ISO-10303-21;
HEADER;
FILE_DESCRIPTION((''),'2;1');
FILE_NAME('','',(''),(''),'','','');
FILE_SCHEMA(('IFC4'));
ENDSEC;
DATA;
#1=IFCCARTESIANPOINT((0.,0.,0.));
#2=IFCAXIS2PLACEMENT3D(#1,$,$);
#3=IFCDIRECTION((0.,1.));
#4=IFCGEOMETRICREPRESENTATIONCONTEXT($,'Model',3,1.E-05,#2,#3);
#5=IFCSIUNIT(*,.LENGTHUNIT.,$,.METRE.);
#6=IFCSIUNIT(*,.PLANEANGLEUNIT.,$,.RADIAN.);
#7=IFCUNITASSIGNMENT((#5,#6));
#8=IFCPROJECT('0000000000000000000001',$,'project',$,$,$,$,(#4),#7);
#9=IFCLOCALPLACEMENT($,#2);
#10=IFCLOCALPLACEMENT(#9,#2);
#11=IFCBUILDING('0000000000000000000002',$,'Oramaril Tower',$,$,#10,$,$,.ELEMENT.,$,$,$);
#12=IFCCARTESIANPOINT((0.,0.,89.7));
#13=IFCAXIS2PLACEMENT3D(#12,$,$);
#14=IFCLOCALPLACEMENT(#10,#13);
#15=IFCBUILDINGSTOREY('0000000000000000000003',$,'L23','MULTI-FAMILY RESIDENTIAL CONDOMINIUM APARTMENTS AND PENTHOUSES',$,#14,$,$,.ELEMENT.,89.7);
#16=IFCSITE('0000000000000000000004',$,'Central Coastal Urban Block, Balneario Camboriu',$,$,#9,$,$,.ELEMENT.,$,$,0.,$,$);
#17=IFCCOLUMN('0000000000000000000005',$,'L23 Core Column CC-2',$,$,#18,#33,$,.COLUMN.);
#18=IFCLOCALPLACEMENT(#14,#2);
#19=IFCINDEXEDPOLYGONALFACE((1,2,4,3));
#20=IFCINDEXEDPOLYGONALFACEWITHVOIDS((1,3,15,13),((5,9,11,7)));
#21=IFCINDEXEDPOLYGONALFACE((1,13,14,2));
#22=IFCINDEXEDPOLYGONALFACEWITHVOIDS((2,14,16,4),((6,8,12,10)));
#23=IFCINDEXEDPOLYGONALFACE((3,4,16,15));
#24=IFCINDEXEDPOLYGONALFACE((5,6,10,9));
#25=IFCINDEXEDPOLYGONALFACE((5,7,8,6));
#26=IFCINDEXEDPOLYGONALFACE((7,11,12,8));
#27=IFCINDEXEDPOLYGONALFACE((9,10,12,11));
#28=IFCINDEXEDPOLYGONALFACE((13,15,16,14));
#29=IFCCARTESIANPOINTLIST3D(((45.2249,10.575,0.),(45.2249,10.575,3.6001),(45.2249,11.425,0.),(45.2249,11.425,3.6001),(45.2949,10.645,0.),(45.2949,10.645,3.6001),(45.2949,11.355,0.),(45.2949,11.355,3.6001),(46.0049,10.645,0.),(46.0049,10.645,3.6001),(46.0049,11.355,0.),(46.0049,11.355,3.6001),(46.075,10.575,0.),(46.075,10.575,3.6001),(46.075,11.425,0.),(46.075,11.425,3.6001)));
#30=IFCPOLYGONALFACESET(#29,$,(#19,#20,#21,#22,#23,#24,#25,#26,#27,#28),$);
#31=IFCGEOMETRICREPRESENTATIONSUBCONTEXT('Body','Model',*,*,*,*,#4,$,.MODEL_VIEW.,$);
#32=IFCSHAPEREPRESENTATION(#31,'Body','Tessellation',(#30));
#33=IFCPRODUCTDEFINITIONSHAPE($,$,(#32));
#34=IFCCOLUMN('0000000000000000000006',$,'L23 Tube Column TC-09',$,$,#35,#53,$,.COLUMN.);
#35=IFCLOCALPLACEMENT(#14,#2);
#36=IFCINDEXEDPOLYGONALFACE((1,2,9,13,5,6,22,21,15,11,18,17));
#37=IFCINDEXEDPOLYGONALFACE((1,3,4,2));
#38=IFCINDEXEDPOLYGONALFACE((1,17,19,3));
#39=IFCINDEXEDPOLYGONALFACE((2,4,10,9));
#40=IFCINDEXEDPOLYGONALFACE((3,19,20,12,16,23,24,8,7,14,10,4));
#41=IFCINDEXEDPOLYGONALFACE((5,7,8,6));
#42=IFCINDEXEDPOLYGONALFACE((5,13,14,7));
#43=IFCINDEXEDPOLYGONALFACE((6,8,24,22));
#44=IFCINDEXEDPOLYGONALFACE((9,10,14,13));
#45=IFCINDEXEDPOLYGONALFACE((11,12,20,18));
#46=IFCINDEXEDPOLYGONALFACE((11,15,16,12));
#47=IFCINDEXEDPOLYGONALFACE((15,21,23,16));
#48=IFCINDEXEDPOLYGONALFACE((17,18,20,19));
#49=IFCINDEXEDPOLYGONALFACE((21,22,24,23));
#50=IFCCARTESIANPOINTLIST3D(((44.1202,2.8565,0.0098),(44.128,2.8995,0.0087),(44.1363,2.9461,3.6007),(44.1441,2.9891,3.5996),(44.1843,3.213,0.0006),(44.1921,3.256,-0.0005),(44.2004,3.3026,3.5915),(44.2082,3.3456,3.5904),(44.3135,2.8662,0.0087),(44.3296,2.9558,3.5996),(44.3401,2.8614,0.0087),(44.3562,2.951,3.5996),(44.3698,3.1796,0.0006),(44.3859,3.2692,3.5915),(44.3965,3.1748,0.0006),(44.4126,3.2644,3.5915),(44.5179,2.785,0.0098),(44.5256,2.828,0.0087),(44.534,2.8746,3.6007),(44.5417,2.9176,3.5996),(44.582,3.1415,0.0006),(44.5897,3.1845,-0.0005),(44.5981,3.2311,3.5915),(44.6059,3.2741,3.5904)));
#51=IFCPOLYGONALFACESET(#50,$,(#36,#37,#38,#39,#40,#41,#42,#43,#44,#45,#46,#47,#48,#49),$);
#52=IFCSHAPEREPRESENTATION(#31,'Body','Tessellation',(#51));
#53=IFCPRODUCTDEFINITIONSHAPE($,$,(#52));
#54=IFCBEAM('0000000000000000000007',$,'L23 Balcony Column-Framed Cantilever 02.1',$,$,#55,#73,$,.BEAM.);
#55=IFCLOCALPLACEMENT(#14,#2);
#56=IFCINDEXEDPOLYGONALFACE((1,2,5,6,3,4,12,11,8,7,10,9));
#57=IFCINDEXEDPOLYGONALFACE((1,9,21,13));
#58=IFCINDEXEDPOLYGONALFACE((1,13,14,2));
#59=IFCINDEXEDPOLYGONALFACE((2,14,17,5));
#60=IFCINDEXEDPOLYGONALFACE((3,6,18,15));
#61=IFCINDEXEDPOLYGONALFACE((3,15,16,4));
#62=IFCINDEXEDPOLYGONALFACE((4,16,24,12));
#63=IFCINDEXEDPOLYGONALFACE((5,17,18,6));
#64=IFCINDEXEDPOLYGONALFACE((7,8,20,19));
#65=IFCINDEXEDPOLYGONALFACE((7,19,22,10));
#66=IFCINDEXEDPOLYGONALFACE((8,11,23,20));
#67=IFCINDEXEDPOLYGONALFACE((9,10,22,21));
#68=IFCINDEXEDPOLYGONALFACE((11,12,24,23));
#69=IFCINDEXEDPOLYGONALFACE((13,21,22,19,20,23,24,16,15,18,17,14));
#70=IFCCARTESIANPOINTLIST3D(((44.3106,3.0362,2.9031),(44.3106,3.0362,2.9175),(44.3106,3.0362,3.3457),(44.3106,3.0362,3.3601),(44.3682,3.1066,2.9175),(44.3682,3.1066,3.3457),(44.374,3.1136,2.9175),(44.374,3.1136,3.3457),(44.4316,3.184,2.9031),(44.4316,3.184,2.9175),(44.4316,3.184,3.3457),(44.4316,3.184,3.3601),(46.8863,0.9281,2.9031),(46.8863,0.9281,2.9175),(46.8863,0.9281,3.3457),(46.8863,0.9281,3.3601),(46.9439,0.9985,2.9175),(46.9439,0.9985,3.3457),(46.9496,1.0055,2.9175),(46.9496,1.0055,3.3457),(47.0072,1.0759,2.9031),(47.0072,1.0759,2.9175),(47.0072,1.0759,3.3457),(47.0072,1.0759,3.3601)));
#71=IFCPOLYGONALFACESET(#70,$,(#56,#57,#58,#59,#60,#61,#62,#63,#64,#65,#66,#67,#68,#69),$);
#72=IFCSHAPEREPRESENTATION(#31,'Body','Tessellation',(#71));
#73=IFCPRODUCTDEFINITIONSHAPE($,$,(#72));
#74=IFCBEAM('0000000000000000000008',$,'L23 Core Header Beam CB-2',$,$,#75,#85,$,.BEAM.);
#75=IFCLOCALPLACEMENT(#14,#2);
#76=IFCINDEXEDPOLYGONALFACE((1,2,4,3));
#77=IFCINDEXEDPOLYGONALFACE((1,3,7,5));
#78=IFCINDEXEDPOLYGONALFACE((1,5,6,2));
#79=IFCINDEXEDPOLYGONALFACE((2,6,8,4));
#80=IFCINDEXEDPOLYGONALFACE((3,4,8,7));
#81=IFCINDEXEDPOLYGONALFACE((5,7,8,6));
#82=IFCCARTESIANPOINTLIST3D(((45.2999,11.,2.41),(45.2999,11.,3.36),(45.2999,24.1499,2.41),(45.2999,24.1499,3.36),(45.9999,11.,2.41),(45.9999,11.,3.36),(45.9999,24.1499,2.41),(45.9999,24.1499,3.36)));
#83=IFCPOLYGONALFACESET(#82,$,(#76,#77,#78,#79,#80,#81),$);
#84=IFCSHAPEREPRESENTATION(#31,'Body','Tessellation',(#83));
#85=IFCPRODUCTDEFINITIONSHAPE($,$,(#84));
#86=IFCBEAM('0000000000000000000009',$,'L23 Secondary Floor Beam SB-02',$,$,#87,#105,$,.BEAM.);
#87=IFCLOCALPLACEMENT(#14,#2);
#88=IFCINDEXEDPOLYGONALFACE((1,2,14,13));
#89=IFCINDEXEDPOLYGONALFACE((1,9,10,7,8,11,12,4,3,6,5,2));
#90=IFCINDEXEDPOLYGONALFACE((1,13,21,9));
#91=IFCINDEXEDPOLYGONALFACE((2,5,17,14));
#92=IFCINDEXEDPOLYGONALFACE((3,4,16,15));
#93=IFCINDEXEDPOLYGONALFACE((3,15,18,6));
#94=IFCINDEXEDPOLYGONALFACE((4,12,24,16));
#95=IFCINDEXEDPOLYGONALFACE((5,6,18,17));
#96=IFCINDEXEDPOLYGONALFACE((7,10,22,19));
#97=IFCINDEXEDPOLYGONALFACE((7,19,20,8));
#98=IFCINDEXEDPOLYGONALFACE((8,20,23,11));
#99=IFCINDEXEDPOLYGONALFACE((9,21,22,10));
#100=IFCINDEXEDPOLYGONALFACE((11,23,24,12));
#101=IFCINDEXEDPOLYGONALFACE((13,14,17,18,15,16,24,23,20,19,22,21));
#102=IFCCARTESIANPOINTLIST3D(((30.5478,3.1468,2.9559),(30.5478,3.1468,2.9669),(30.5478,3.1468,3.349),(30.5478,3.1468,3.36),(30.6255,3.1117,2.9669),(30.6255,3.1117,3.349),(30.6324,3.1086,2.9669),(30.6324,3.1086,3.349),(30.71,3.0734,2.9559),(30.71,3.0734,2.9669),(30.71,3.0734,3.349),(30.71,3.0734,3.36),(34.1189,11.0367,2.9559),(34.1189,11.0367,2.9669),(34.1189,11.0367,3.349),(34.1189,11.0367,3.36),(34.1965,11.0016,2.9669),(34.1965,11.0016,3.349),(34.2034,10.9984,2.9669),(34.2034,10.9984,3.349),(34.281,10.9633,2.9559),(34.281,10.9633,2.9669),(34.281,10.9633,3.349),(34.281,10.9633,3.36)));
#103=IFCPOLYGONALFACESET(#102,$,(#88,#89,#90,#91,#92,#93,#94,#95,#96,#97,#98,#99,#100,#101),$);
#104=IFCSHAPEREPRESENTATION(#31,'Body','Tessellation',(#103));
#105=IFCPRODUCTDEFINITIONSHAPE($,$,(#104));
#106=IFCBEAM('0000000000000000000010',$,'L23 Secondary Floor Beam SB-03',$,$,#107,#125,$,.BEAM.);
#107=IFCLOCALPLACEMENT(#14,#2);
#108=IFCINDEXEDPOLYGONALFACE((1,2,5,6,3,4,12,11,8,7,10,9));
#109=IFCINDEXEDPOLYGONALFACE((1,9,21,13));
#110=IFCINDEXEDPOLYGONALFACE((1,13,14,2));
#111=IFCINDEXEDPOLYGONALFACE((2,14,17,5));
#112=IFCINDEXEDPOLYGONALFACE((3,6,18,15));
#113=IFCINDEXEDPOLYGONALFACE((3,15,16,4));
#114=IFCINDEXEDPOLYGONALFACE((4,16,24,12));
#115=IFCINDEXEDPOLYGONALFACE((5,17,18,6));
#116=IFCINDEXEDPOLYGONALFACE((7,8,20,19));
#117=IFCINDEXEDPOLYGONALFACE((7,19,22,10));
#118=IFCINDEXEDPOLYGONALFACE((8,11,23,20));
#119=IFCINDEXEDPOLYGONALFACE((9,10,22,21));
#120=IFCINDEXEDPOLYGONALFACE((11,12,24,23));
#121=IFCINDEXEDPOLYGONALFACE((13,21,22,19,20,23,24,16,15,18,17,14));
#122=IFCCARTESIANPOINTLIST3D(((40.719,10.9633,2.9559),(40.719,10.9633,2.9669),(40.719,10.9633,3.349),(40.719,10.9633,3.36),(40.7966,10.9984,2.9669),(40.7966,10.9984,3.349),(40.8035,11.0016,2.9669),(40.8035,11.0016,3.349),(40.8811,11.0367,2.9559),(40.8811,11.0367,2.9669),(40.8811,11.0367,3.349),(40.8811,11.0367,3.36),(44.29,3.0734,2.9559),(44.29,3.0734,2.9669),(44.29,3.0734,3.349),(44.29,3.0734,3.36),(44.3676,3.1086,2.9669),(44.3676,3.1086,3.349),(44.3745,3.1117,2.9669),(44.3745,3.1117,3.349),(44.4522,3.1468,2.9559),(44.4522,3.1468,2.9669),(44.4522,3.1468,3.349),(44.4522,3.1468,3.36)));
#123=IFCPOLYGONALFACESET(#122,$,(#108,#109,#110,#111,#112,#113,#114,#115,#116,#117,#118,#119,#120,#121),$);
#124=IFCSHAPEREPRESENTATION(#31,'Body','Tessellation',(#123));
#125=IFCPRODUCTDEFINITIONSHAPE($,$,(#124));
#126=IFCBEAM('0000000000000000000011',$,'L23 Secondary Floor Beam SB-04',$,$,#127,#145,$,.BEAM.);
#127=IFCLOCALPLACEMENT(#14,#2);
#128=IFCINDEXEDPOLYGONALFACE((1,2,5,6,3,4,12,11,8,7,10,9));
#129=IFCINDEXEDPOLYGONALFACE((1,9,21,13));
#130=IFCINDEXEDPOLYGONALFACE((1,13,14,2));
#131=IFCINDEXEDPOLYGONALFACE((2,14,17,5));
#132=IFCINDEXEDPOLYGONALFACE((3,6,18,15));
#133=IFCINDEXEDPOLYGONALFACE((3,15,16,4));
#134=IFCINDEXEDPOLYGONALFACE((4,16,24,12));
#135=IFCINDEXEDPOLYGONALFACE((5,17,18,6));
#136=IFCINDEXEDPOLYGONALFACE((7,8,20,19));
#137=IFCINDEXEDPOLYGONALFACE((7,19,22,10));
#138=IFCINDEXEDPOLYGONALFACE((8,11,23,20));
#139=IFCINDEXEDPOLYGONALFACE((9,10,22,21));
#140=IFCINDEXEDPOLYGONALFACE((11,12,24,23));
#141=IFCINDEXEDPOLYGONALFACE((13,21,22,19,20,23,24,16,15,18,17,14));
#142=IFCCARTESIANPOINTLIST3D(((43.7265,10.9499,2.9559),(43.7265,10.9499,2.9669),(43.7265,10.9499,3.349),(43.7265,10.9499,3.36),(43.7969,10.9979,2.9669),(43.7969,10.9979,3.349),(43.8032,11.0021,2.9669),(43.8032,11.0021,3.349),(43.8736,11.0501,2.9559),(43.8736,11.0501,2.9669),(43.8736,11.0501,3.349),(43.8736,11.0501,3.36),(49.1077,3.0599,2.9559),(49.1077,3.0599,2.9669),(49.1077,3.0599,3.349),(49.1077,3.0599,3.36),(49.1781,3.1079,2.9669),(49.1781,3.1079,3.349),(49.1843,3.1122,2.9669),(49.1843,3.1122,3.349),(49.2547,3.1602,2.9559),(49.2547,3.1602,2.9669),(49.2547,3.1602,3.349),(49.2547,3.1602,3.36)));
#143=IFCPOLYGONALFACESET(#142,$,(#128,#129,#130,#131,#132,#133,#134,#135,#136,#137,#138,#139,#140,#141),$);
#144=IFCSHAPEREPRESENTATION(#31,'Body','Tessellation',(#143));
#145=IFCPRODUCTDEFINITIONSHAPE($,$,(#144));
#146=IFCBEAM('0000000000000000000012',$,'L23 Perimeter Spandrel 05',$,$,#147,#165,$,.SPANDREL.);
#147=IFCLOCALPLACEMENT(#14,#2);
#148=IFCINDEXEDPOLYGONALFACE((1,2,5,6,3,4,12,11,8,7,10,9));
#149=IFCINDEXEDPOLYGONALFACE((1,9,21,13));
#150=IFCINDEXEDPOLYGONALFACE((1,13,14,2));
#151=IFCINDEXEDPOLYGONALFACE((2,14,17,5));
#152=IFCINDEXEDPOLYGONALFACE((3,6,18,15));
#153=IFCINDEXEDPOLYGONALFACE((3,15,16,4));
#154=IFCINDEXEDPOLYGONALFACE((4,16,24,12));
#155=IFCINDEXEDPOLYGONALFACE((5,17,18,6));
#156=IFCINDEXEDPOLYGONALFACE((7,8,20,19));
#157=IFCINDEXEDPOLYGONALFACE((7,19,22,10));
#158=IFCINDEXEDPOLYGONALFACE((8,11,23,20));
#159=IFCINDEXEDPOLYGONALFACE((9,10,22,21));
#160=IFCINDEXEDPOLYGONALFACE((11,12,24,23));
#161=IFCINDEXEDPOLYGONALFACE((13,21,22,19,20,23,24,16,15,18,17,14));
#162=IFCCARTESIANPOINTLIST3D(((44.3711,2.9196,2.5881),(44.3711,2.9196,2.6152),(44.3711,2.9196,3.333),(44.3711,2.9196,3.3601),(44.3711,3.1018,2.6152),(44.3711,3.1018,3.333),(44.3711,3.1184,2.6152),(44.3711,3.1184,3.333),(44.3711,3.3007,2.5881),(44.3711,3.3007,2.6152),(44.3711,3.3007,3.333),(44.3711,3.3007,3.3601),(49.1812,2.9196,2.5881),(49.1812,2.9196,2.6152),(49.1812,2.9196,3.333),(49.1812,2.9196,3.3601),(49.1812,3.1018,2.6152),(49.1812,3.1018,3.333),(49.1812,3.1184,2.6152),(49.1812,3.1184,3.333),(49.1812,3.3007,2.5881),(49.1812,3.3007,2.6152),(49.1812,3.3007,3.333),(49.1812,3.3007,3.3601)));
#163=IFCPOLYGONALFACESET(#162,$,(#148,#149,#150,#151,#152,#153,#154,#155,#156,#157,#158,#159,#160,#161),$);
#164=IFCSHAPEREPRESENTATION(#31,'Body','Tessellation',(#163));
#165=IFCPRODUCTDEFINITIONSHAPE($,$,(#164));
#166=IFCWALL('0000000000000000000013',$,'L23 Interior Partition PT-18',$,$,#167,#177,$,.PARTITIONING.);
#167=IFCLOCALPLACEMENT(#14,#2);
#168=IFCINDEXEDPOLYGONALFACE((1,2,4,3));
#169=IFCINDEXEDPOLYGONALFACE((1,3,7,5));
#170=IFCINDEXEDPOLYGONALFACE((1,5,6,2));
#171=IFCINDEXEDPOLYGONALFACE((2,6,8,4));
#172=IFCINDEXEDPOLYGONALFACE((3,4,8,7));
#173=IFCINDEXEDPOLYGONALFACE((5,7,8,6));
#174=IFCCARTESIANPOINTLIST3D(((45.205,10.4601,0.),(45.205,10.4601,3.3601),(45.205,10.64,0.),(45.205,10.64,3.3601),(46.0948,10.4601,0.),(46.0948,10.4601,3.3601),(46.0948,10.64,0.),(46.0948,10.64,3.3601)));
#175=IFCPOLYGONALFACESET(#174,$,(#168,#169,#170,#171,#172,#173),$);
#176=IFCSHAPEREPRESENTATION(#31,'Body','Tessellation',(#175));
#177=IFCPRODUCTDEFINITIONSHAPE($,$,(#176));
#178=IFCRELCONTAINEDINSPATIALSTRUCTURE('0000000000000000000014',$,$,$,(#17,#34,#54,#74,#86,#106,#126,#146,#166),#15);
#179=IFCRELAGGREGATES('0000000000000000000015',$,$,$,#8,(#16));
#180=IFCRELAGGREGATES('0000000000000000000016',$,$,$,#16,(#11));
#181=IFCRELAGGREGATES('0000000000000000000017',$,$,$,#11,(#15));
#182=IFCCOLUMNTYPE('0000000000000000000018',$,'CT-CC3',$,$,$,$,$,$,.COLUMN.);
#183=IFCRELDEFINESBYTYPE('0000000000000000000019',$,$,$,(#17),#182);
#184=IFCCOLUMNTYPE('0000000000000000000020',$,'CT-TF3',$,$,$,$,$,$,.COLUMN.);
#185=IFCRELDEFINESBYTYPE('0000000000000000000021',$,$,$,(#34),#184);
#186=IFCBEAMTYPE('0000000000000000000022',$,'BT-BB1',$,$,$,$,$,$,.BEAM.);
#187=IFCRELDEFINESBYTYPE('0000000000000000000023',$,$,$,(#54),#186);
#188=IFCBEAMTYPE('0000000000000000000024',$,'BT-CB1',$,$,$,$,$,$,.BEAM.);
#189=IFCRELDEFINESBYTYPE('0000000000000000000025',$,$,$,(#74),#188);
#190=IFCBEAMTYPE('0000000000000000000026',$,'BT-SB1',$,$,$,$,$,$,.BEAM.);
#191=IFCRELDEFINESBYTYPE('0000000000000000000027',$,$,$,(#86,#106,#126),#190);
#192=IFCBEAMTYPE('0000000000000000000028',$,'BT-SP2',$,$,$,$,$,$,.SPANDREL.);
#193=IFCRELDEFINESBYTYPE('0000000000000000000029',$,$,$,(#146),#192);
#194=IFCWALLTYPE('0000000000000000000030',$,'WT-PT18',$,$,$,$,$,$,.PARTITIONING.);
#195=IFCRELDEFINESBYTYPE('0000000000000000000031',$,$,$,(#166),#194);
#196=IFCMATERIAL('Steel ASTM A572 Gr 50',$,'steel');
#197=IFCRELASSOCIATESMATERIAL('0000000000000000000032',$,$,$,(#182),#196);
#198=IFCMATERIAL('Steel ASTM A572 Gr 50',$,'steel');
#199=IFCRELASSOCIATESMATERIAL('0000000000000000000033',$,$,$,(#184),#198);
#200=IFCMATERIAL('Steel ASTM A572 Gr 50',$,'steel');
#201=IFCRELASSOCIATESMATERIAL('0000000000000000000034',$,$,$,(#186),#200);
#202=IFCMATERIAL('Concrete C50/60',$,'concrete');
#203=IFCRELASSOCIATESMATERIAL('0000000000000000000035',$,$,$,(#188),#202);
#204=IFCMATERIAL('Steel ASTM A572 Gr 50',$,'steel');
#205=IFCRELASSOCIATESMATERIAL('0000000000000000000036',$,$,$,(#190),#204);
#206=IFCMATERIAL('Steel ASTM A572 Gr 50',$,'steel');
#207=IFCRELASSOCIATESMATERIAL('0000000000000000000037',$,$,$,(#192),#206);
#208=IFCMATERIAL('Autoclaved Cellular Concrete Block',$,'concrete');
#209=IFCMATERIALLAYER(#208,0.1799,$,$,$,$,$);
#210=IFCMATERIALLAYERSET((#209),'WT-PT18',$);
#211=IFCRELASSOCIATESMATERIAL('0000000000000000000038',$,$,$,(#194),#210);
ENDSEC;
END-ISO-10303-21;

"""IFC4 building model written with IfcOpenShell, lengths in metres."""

from ifc_helpers import new_model, si_unit, direction, frame, frame_2d, origin, origin_2d, place, context, subcontext, project, spatial, rectangle, hollow_rectangle, i_section, extrude, material, layer, layer_set, material_profile, profile_set, type_object, element, save


model = new_model("IFC4")

# Units and contexts
model_context = context("Model", 3, precision=1e-05, world=origin(), true_north=direction((0.0, 1.0)))
body_context = subcontext(model_context, "Body", "Model", "MODEL_VIEW")
ifc_project = project(units=[si_unit("LENGTHUNIT", "METRE"), si_unit("PLANEANGLEUNIT", "RADIAN")], contexts=[model_context])

# Site, building, storey
site_placement = place(None, origin())
site = spatial("IfcSite", under=ifc_project, at=site_placement, Name="Central Coastal Urban Block, Balneario Camboriu", CompositionType="ELEMENT", RefElevation=0.0)
building_placement = place(site_placement, origin())
building = spatial("IfcBuilding", under=site, at=building_placement, Name="Oramaril Tower", CompositionType="ELEMENT")
storey_placement = place(building_placement, frame((0.0, 0.0, 89.7)))
storey = spatial("IfcBuildingStorey", under=building, at=storey_placement, Name="L23", Description="MULTI-FAMILY RESIDENTIAL CONDOMINIUM APARTMENTS AND PENTHOUSES", CompositionType="ELEMENT", Elevation=89.7)

# Columns
ifc_material_1 = material(Name="Steel ASTM A572 Gr 50", Category="steel")
ifc_material_profile_1 = material_profile(ifc_material_1, hollow_rectangle(XDim=0.8501, YDim=0.8501, WallThickness=0.0701, at=origin_2d()), Name="BOX850X850X70")
ifc_profile_set_1 = profile_set([ifc_material_profile_1], Name="Steel ASTM A572 Gr 50")
column_type_1 = type_object("IfcColumnType", Name="CT-CC3", PredefinedType="COLUMN", material=ifc_profile_set_1)
column_1_placement = place(storey_placement, frame((45.6499, 11.0, 0.0), z_axis=(0.0, 0.0, 1.0), x_axis=(1.0, 0.0, 0.0)))
element("IfcColumn", 1, at=column_1_placement, inside=storey, type_object=column_type_1, Name="L23 Core Column CC-2", PredefinedType="COLUMN", context=body_context, shape_type="SweptSolid", body=[
    extrude(hollow_rectangle(XDim=0.8501, YDim=0.8501, WallThickness=0.0701, at=origin_2d()), origin(), (0.0, 0.0, 1.0), 3.6001),
])
ifc_material_2 = material(Name="Steel ASTM A572 Gr 50", Category="steel")
ifc_material_profile_2 = material_profile(ifc_material_2, i_section(OverallWidth=0.4041, OverallDepth=0.406, WebThickness=0.0271, FlangeThickness=0.0437, at=origin_2d()), Name="W14X233")
ifc_profile_set_2 = profile_set([ifc_material_profile_2], Name="Steel ASTM A572 Gr 50")
column_type_2 = type_object("IfcColumnType", Name="CT-TF3", PredefinedType="COLUMN", material=ifc_profile_set_2)
column_2_placement = place(storey_placement, frame((44.355, 3.0205, 0.0046), z_axis=(0.004486, 0.024944, 0.999679), x_axis=(-0.984211, 0.176997, 0.0)))
element("IfcColumn", 2, at=column_2_placement, inside=storey, type_object=column_type_2, Name="L23 Tube Column TC-09", PredefinedType="COLUMN", context=body_context, shape_type="SweptSolid", body=[
    extrude(i_section(OverallWidth=0.4041, OverallDepth=0.406, WebThickness=0.0271, FlangeThickness=0.0437, at=origin_2d()), origin(), (0.0, 0.0, 1.0), 3.592),
])

# Beams
ifc_material_3 = material(Name="Steel ASTM A572 Gr 50", Category="steel")
ifc_material_profile_3 = material_profile(ifc_material_3, i_section(OverallWidth=0.1909, OverallDepth=0.457, WebThickness=0.009, FlangeThickness=0.0144, at=origin_2d()), Name="W18X50")
ifc_profile_set_3 = profile_set([ifc_material_profile_3], Name="Steel ASTM A572 Gr 50")
beam_type_1 = type_object("IfcBeamType", Name="BT-BB1", PredefinedType="BEAM", material=ifc_profile_set_3)
beam_1_placement = place(storey_placement, frame((44.3711, 3.1101, 3.1316), z_axis=(0.773843, -0.633378, 0.0), x_axis=(0.633378, 0.773843, 0.0)))
element("IfcBeam", 3, at=beam_1_placement, inside=storey, type_object=beam_type_1, Name="L23 Balcony Column-Framed Cantilever 02.1", PredefinedType="BEAM", context=body_context, shape_type="SweptSolid", body=[
    extrude(i_section(OverallWidth=0.1909, OverallDepth=0.457, WebThickness=0.009, FlangeThickness=0.0144, at=origin_2d()), origin(), (0.0, 0.0, 1.0), 3.3284),
])
ifc_material_4 = material(Name="Concrete C50/60", Category="concrete")
ifc_material_profile_4 = material_profile(ifc_material_4, rectangle(XDim=0.7, YDim=0.95, at=origin_2d()), Name="CB700X950")
ifc_profile_set_4 = profile_set([ifc_material_profile_4], Name="Concrete C50/60")
beam_type_2 = type_object("IfcBeamType", Name="BT-CB1", PredefinedType="BEAM", material=ifc_profile_set_4)
beam_2_placement = place(storey_placement, frame((45.6499, 11.0, 2.885), z_axis=(0.0, 1.0, 0.0), x_axis=(-1.0, 0.0, 0.0)))
element("IfcBeam", 4, at=beam_2_placement, inside=storey, type_object=beam_type_2, Name="L23 Core Header Beam CB-2", PredefinedType="BEAM", context=body_context, shape_type="SweptSolid", body=[
    extrude(rectangle(XDim=0.7, YDim=0.95, at=origin_2d()), origin(), (0.0, 0.0, 1.0), 13.1499),
])
ifc_material_5 = material(Name="Steel ASTM A572 Gr 50", Category="steel")
ifc_material_profile_5 = material_profile(ifc_material_5, i_section(OverallWidth=0.178, OverallDepth=0.4041, WebThickness=0.0076, FlangeThickness=0.011, at=origin_2d()), Name="W16X36")
ifc_profile_set_5 = profile_set([ifc_material_profile_5], Name="Steel ASTM A572 Gr 50")
beam_type_3 = type_object("IfcBeamType", Name="BT-SB1", PredefinedType="BEAM", material=ifc_profile_set_5)
for number, where, z_axis, x_axis, name in (
    (5, (34.2, 11.0, 3.158), (-0.412341, -0.91103, 0.0), (0.91103, -0.412341, 0.0), "L23 Secondary Floor Beam SB-02"),
    (6, (40.8, 11.0, 3.158), (0.412341, -0.91103, 0.0), (0.91103, 0.412341, 0.0), "L23 Secondary Floor Beam SB-03"),
):
    element("IfcBeam", number, at=place(storey_placement, frame(where, z_axis=z_axis, x_axis=x_axis)), inside=storey, type_object=beam_type_3, Name=name, PredefinedType="BEAM", context=body_context, shape_type="SweptSolid", body=[
        extrude(i_section(OverallWidth=0.178, OverallDepth=0.4041, WebThickness=0.0076, FlangeThickness=0.011, at=origin_2d()), origin(), (0.0, 0.0, 1.0), 8.6604),
    ])
beam_3_placement = place(storey_placement, frame((43.8, 11.0, 3.158), z_axis=(0.563453, -0.826148, 0.0), x_axis=(0.826148, 0.563453, 0.0)))
element("IfcBeam", 7, at=beam_3_placement, inside=storey, type_object=beam_type_3, Name="L23 Secondary Floor Beam SB-04", PredefinedType="BEAM", context=body_context, shape_type="SweptSolid", body=[
    extrude(i_section(OverallWidth=0.178, OverallDepth=0.4041, WebThickness=0.0076, FlangeThickness=0.011, at=origin_2d()), origin(), (0.0, 0.0, 1.0), 9.5503),
])
ifc_material_6 = material(Name="Steel ASTM A572 Gr 50", Category="steel")
ifc_material_profile_6 = material_profile(ifc_material_6, i_section(OverallWidth=0.3811, OverallDepth=0.772, WebThickness=0.0166, FlangeThickness=0.0271, at=origin_2d()), Name="W30X173")
ifc_profile_set_6 = profile_set([ifc_material_profile_6], Name="Steel ASTM A572 Gr 50")
beam_type_4 = type_object("IfcBeamType", Name="BT-SP2", PredefinedType="SPANDREL", material=ifc_profile_set_6)
beam_4_placement = place(storey_placement, frame((44.3711, 3.1101, 2.9741), z_axis=(1.0, 0.0, 0.0), x_axis=(0.0, 1.0, 0.0)))
element("IfcBeam", 8, at=beam_4_placement, inside=storey, type_object=beam_type_4, Name="L23 Perimeter Spandrel 05", PredefinedType="SPANDREL", context=body_context, shape_type="SweptSolid", body=[
    extrude(i_section(OverallWidth=0.3811, OverallDepth=0.772, WebThickness=0.0166, FlangeThickness=0.0271, at=origin_2d()), origin(), (0.0, 0.0, 1.0), 4.8101),
])

# Wall
ifc_material_7 = material(Name="Autoclaved Cellular Concrete Block", Category="concrete")
ifc_layer_1 = layer(ifc_material_7, 0.1799)
ifc_layer_set_1 = layer_set([ifc_layer_1], Name="WT-PT18")
wall_type_1 = type_object("IfcWallType", Name="WT-PT18", PredefinedType="PARTITIONING", material=ifc_layer_set_1)
wall_1_placement = place(storey_placement, frame((45.2051, 10.55, 0.0), z_axis=(0.0, 0.0, 1.0), x_axis=(1.0, 0.0, 0.0)))
element("IfcWall", 9, at=wall_1_placement, inside=storey, type_object=wall_type_1, Name="L23 Interior Partition PT-18", PredefinedType="PARTITIONING", context=body_context, shape_type="SweptSolid", body=[
    extrude(rectangle(XDim=0.8899, YDim=0.1799, at=frame_2d((0.4448, 0.0))), origin(), (0.0, 0.0, 1.0), 3.3601),
])

save(model, "model.ifc")
